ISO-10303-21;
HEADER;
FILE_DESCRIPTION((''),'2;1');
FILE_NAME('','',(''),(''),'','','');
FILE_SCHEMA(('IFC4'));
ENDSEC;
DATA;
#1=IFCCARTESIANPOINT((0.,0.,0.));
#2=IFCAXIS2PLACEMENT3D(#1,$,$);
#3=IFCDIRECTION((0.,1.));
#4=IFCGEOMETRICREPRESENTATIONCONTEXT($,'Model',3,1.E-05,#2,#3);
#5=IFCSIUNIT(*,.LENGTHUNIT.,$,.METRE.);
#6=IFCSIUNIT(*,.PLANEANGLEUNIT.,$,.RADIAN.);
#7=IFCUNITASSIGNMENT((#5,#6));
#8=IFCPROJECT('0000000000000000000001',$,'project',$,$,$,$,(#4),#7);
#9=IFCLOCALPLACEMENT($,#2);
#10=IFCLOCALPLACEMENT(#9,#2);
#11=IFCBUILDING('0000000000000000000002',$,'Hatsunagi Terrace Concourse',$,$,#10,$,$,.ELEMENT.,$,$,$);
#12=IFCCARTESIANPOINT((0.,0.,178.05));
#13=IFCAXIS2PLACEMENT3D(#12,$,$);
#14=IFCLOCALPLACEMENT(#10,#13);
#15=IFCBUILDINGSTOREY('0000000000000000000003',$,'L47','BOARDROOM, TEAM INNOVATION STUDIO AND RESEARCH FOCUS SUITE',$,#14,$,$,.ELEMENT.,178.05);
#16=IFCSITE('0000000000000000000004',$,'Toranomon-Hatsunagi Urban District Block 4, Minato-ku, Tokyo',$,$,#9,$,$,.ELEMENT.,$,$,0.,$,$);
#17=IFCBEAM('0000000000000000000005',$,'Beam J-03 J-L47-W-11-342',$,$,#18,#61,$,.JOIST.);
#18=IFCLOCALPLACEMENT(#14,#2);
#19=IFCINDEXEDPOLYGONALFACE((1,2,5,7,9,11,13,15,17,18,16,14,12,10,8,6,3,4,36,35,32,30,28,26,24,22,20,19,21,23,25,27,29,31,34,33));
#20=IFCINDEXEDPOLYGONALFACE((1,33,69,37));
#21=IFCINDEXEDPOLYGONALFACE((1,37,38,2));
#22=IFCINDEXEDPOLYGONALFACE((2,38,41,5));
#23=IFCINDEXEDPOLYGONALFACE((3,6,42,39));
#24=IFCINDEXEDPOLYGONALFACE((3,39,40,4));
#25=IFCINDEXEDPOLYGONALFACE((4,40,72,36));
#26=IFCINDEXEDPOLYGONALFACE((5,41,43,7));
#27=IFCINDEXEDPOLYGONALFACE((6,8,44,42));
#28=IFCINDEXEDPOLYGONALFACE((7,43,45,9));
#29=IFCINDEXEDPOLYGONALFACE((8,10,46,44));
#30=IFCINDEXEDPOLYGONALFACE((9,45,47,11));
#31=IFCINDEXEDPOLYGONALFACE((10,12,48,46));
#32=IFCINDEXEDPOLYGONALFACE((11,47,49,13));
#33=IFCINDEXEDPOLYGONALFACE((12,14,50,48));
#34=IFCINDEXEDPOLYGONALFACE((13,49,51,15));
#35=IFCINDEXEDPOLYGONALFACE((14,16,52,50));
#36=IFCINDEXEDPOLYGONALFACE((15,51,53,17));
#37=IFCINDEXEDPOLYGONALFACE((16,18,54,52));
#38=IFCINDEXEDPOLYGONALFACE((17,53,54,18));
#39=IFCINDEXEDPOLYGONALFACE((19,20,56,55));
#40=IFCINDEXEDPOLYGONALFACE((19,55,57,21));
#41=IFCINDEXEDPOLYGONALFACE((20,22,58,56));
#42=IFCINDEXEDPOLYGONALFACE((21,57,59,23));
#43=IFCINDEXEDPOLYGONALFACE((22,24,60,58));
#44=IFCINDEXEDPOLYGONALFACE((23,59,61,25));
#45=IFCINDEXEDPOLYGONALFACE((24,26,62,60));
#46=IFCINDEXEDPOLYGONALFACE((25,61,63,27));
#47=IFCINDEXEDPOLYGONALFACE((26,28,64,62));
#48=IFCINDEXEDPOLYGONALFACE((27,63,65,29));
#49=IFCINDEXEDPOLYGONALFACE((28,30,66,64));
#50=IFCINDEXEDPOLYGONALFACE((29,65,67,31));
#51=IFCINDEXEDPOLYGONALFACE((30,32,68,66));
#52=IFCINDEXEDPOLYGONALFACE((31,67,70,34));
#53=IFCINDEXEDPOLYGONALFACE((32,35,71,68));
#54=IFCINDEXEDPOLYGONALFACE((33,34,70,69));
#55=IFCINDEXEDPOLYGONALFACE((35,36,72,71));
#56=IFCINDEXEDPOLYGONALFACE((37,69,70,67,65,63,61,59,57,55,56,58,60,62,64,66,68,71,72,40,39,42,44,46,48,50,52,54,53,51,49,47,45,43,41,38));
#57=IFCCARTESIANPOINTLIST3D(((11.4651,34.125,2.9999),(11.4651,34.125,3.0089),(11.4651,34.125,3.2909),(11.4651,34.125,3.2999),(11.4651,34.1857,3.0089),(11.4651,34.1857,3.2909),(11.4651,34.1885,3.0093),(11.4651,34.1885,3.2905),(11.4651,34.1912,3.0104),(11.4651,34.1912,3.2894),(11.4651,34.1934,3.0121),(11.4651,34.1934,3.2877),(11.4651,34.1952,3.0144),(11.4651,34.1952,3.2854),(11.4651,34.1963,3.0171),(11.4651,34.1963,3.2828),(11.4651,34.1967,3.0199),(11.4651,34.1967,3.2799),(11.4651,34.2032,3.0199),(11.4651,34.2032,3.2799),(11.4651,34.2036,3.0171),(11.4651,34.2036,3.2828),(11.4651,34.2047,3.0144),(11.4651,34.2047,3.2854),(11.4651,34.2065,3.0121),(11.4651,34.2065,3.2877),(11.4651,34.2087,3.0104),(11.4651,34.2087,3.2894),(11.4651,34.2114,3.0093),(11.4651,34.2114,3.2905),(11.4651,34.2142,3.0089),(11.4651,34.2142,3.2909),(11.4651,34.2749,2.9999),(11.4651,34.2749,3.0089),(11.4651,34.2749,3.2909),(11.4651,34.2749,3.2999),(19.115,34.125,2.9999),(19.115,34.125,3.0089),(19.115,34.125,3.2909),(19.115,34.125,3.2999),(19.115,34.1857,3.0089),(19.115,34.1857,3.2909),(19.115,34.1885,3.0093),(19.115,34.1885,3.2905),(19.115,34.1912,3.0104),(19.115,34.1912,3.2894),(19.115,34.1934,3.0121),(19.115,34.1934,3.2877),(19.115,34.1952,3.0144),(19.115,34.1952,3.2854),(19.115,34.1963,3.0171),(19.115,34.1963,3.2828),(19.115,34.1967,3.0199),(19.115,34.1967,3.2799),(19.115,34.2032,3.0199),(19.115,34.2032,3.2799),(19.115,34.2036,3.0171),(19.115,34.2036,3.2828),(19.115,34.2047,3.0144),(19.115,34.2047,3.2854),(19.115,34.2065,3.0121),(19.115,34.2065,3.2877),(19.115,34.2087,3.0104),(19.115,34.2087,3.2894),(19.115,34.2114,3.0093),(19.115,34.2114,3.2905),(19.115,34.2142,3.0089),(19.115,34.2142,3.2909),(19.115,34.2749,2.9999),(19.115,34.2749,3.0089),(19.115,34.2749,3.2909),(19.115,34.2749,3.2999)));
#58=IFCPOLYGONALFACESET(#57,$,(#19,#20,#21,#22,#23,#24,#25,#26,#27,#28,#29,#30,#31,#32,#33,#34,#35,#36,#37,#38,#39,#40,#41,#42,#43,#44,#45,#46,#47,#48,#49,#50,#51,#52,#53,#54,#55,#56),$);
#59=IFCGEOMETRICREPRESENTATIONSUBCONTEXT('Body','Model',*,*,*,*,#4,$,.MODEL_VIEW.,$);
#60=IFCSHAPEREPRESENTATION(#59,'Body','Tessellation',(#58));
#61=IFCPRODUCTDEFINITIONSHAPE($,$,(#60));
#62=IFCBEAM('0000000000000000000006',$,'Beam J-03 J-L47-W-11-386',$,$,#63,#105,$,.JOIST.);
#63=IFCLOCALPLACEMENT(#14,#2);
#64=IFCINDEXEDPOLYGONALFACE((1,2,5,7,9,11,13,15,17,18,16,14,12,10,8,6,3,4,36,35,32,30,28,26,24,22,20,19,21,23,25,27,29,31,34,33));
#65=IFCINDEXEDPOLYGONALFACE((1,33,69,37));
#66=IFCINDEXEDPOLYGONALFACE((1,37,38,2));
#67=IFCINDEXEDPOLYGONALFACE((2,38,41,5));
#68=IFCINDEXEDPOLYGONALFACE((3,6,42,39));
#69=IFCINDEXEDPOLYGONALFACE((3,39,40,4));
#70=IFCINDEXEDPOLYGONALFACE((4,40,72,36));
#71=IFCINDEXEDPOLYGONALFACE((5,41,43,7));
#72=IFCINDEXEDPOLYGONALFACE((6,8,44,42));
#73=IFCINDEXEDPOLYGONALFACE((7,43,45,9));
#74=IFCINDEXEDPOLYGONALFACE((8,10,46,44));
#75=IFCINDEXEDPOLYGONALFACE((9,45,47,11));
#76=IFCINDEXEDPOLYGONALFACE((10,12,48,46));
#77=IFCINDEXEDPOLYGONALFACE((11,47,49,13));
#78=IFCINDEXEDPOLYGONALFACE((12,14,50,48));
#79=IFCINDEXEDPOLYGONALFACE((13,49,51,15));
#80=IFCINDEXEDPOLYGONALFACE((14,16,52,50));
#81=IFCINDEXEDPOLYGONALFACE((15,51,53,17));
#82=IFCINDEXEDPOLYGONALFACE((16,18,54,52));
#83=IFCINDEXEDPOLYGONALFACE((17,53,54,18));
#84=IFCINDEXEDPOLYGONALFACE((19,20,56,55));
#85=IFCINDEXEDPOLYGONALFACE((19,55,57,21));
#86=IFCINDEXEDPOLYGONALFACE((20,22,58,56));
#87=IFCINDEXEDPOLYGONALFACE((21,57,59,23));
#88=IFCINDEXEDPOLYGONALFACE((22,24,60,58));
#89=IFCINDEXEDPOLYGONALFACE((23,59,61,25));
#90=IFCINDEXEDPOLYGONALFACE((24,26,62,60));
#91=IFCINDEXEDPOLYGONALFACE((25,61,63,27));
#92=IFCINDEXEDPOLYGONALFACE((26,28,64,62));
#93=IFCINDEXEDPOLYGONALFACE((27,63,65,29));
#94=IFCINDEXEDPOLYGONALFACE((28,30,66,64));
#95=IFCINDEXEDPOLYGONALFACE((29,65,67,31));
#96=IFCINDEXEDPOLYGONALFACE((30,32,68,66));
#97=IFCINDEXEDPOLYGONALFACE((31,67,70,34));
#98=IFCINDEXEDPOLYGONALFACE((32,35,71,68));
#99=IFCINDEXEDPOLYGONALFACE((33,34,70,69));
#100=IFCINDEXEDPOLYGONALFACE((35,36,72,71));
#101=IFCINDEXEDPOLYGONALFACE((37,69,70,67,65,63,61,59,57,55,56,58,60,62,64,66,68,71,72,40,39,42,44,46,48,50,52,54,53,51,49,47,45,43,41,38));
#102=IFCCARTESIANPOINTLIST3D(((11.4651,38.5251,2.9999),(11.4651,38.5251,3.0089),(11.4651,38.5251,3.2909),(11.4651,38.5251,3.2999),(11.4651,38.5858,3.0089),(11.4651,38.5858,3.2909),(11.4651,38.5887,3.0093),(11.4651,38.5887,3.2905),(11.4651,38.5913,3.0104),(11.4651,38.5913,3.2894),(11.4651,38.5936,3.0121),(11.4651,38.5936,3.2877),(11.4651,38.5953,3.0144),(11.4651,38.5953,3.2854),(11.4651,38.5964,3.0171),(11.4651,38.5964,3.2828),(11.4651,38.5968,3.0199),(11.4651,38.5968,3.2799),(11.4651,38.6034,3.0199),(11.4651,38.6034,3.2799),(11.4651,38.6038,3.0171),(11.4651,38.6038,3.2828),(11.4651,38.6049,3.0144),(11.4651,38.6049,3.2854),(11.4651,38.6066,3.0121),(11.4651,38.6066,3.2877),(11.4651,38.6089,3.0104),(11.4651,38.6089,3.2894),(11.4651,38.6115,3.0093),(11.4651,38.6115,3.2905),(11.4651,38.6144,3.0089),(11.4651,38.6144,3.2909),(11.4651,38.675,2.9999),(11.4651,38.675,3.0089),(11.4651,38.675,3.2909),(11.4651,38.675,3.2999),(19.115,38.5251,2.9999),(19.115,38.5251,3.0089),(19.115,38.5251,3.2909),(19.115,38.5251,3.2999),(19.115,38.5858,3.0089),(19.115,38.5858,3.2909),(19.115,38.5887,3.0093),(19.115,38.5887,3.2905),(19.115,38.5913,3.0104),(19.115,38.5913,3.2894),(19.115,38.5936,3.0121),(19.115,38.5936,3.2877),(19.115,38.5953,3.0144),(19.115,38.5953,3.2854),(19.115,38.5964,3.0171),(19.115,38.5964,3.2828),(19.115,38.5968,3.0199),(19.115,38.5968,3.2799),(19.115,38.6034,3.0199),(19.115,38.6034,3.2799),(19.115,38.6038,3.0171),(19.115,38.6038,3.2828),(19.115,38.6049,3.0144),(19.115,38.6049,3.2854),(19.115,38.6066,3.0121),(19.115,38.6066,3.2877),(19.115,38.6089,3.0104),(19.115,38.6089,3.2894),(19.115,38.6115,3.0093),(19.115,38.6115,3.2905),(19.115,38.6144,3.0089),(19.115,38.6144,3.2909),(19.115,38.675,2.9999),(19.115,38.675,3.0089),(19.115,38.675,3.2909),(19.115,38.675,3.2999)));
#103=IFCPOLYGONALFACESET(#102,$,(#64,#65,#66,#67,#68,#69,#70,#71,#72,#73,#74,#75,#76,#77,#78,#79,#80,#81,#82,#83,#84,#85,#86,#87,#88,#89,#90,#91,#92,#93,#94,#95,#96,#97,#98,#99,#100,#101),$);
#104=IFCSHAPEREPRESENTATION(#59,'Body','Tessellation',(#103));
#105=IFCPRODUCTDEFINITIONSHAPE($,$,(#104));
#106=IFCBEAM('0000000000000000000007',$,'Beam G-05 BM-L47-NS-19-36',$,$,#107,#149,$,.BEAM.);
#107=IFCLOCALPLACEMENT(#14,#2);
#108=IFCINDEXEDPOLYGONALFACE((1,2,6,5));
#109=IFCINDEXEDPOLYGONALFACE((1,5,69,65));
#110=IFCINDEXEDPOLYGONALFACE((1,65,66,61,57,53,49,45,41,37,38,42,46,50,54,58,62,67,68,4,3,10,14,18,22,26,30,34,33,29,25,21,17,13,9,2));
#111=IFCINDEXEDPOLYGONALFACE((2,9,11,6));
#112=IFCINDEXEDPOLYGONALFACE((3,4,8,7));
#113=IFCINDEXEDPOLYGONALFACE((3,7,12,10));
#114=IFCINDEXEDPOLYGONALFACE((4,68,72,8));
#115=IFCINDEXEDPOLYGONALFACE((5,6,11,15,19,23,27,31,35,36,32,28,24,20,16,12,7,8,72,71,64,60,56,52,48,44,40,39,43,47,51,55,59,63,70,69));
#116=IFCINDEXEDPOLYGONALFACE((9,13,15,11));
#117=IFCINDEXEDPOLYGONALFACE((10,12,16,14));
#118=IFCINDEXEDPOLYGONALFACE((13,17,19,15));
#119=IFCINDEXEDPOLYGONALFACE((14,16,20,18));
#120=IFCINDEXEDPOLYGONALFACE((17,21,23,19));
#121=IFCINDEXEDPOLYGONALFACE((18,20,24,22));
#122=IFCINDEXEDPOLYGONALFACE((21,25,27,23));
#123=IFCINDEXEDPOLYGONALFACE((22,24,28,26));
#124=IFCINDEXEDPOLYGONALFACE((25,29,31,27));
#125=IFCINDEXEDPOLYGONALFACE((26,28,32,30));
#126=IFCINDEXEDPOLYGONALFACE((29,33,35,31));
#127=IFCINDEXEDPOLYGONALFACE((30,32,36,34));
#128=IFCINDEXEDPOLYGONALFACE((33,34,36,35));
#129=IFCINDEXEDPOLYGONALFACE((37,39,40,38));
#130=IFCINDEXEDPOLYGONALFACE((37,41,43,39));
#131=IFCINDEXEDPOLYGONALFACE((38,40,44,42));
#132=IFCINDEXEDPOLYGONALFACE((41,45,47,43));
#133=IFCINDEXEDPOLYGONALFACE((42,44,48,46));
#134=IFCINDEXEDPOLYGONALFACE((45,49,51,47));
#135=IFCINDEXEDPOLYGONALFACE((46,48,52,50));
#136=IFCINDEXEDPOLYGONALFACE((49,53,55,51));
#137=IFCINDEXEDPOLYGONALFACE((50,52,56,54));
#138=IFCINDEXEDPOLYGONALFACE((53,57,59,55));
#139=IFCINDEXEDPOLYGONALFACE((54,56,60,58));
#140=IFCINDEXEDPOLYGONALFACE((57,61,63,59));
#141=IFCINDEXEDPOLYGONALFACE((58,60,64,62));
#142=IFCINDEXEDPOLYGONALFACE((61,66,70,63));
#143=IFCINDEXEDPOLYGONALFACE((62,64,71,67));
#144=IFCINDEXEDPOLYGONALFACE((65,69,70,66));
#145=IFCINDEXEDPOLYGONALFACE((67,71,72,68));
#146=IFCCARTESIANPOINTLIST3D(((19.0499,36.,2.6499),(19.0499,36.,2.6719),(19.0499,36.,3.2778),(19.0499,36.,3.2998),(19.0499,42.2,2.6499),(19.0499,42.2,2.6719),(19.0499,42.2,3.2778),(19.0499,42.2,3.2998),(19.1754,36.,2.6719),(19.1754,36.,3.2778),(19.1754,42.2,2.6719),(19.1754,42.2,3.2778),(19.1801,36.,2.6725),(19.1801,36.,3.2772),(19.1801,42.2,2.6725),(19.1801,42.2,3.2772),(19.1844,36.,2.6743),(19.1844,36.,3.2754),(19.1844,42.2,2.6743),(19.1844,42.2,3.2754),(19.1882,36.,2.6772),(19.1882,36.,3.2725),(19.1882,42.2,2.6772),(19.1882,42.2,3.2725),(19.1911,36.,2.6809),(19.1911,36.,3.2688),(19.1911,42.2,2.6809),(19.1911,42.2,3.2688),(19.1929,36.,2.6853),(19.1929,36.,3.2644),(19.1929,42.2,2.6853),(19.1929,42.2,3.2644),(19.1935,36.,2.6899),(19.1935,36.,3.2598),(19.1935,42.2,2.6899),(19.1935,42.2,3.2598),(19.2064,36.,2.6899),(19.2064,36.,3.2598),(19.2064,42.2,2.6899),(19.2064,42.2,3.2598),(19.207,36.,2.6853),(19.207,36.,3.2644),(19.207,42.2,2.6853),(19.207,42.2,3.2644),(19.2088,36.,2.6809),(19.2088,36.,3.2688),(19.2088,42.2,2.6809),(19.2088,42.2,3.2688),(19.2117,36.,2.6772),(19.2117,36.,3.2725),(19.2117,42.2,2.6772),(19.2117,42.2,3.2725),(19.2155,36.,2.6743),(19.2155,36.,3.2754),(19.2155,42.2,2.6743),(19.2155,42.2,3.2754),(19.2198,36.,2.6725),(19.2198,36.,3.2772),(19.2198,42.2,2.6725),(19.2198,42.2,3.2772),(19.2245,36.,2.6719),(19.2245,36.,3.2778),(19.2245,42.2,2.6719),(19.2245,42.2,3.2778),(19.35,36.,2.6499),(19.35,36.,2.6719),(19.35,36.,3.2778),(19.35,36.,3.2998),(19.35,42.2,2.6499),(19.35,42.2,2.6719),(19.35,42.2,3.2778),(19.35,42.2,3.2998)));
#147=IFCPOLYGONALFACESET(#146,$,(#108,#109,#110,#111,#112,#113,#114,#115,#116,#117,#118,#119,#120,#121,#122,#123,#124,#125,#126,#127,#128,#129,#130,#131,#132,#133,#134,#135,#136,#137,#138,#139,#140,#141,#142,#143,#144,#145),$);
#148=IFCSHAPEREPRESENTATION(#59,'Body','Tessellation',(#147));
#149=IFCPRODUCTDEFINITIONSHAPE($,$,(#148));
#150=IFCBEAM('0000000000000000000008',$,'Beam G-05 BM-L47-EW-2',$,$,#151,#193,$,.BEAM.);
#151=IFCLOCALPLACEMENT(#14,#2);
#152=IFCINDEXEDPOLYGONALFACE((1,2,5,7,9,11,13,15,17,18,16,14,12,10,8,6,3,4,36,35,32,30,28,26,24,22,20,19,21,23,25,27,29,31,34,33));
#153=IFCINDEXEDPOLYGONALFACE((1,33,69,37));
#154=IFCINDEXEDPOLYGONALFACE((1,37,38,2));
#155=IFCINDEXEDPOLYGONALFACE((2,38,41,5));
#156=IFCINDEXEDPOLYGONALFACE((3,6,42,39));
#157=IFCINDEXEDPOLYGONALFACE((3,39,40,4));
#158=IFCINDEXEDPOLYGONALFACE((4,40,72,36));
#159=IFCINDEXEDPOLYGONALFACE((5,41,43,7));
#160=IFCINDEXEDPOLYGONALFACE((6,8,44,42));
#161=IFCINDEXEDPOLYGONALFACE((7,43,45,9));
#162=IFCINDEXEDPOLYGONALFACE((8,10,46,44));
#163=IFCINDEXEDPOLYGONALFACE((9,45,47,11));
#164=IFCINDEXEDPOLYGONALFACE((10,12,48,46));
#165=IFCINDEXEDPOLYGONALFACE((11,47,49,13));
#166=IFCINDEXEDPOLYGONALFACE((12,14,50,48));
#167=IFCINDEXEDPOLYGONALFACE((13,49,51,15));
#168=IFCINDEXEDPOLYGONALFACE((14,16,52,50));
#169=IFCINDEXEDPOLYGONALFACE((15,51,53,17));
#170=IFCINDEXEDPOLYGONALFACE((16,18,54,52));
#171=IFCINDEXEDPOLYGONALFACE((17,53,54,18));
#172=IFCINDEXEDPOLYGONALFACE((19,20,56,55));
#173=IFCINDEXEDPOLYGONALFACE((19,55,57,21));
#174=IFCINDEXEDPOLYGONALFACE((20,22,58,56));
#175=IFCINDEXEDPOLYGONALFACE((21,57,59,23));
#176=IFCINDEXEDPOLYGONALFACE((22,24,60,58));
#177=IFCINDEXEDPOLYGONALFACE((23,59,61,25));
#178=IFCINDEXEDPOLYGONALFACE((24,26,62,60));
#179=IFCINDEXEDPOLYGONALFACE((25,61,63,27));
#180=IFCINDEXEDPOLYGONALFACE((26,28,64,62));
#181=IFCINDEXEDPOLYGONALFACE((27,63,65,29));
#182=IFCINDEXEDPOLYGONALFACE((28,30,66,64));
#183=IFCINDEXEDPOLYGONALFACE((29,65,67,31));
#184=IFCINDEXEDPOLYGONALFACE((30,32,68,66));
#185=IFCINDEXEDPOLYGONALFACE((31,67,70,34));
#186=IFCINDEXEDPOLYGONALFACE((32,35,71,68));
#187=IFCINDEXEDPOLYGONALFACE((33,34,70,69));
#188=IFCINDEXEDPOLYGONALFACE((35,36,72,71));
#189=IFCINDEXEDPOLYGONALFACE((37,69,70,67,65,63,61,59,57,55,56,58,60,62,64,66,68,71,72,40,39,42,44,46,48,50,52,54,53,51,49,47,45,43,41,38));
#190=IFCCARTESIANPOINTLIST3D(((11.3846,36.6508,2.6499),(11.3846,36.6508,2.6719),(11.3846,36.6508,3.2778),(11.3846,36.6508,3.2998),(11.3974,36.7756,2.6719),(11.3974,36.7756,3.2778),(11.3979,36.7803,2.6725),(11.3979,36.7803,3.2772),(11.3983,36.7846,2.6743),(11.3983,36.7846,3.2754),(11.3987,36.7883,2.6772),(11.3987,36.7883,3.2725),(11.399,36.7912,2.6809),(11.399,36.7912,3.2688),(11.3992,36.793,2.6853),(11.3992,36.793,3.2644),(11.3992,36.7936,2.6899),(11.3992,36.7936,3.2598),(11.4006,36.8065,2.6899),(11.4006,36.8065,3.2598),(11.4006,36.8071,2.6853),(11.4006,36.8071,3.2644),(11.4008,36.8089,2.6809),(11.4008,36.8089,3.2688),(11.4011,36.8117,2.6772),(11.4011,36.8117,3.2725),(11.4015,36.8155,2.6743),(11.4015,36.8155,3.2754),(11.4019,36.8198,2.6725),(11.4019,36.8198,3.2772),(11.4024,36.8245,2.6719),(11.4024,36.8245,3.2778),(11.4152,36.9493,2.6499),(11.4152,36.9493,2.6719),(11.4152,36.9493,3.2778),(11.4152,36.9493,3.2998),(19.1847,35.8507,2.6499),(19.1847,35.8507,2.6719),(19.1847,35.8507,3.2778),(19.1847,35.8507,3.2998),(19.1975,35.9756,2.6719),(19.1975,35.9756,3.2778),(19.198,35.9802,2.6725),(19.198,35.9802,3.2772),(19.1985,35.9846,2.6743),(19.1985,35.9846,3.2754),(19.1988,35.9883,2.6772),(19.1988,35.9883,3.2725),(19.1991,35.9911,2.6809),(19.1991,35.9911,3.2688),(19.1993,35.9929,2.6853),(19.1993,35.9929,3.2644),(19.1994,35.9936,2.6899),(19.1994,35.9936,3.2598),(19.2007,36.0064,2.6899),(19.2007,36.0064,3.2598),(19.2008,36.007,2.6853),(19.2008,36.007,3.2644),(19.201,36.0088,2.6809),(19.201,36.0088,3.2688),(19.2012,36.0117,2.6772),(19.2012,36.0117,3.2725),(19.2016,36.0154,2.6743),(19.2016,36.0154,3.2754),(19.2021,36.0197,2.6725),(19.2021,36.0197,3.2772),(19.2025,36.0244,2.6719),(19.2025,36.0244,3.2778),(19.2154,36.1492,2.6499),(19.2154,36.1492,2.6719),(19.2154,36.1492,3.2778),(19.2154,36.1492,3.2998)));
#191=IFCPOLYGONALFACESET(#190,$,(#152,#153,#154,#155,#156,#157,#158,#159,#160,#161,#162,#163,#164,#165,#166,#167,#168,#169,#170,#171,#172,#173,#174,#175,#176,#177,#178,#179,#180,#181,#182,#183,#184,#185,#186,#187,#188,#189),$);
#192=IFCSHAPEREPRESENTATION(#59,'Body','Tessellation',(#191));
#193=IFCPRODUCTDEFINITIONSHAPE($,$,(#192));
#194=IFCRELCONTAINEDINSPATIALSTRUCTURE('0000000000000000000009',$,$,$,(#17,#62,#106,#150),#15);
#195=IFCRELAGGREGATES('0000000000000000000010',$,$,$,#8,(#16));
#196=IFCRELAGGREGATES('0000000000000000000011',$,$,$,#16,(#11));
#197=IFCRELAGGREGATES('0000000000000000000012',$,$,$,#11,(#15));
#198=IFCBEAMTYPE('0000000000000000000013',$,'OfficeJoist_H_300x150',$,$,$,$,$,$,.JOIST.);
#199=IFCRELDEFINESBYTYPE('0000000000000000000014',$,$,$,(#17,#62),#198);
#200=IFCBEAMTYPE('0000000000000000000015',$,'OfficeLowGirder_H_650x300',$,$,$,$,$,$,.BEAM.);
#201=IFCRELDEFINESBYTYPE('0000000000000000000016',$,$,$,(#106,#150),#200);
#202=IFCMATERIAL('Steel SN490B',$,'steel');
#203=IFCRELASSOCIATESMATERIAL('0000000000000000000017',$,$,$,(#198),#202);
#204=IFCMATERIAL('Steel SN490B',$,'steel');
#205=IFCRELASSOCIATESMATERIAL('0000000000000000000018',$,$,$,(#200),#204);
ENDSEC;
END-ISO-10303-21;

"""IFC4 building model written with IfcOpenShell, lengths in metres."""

from ifc_helpers import new_model, si_unit, direction, frame, origin, origin_2d, place, context, subcontext, project, spatial, i_section, extrude, material, material_profile, profile_set, type_object, element, save


model = new_model("IFC4")

# Units and contexts
model_context = context("Model", 3, precision=1e-05, world=origin(), true_north=direction((0.0, 1.0)))
body_context = subcontext(model_context, "Body", "Model", "MODEL_VIEW")
ifc_project = project(units=[si_unit("LENGTHUNIT", "METRE"), si_unit("PLANEANGLEUNIT", "RADIAN")], contexts=[model_context])

# Site, building, storey
site_placement = place(None, origin())
site = spatial("IfcSite", under=ifc_project, at=site_placement, Name="Toranomon-Hatsunagi Urban District Block 4, Minato-ku, Tokyo", CompositionType="ELEMENT", RefElevation=0.0)
building_placement = place(site_placement, origin())
building = spatial("IfcBuilding", under=site, at=building_placement, Name="Hatsunagi Terrace Concourse", CompositionType="ELEMENT")
storey_placement = place(building_placement, frame((0.0, 0.0, 178.05)))
storey = spatial("IfcBuildingStorey", under=building, at=storey_placement, Name="L47", Description="BOARDROOM, TEAM INNOVATION STUDIO AND RESEARCH FOCUS SUITE", CompositionType="ELEMENT", Elevation=178.05)

# Beams
ifc_material_1 = material(Name="Steel SN490B", Category="steel")
ifc_material_profile_1 = material_profile(ifc_material_1, i_section(OverallWidth=0.1499, OverallDepth=0.3, WebThickness=0.0066, FlangeThickness=0.009, FilletRadius=0.011, at=origin_2d()), Name="H-300x150x6.5x9")
ifc_profile_set_1 = profile_set([ifc_material_profile_1], Name="Steel SN490B")
beam_type_1 = type_object("IfcBeamType", Name="OfficeJoist_H_300x150", PredefinedType="JOIST", material=ifc_profile_set_1)
for number, where, z_axis, x_axis, name in (
    (1, (11.4651, 34.2, 3.1499), (1.0, 0.0, 0.0), (0.0, 1.0, 0.0), "Beam J-03 J-L47-W-11-342"),
    (2, (11.4651, 38.6001, 3.1499), (1.0, 0.0, 0.0), (0.0, 1.0, 0.0), "Beam J-03 J-L47-W-11-386"),
):
    element("IfcBeam", number, at=place(storey_placement, frame(where, z_axis=z_axis, x_axis=x_axis)), inside=storey, type_object=beam_type_1, Name=name, PredefinedType="JOIST", context=body_context, shape_type="SweptSolid", body=[
        extrude(i_section(OverallWidth=0.1499, OverallDepth=0.3, WebThickness=0.0066, FlangeThickness=0.009, FilletRadius=0.011, at=origin_2d()), origin(), (0.0, 0.0, 1.0), 7.6499),
    ])
ifc_material_2 = material(Name="Steel SN490B", Category="steel")
ifc_material_profile_2 = material_profile(ifc_material_2, i_section(OverallWidth=0.3, OverallDepth=0.6499, WebThickness=0.0129, FlangeThickness=0.022, FilletRadius=0.0181, at=origin_2d()), Name="H-650x300x13x22")
ifc_profile_set_2 = profile_set([ifc_material_profile_2], Name="Steel SN490B")
beam_type_2 = type_object("IfcBeamType", Name="OfficeLowGirder_H_650x300", PredefinedType="BEAM", material=ifc_profile_set_2)
beam_1_placement = place(storey_placement, frame((19.2, 36.0, 2.9749), z_axis=(0.0, 1.0, 0.0), x_axis=(-1.0, 0.0, 0.0)))
element("IfcBeam", 3, at=beam_1_placement, inside=storey, type_object=beam_type_2, Name="Beam G-05 BM-L47-NS-19-36", PredefinedType="BEAM", context=body_context, shape_type="SweptSolid", body=[
    extrude(i_section(OverallWidth=0.3, OverallDepth=0.6499, WebThickness=0.0129, FlangeThickness=0.022, FilletRadius=0.0181, at=origin_2d()), origin(), (0.0, 0.0, 1.0), 6.2),
])
beam_2_placement = place(storey_placement, frame((11.3999, 36.8, 2.9749), z_axis=(0.994781, -0.102034, 0.0), x_axis=(0.102034, 0.994781, 0.0)))
element("IfcBeam", 4, at=beam_2_placement, inside=storey, type_object=beam_type_2, Name="Beam G-05 BM-L47-EW-2", PredefinedType="BEAM", context=body_context, shape_type="SweptSolid", body=[
    extrude(i_section(OverallWidth=0.3, OverallDepth=0.6499, WebThickness=0.0129, FlangeThickness=0.022, FilletRadius=0.0181, at=origin_2d()), origin(), (0.0, 0.0, 1.0), 7.8411),
])

save(model, "model.ifc")
